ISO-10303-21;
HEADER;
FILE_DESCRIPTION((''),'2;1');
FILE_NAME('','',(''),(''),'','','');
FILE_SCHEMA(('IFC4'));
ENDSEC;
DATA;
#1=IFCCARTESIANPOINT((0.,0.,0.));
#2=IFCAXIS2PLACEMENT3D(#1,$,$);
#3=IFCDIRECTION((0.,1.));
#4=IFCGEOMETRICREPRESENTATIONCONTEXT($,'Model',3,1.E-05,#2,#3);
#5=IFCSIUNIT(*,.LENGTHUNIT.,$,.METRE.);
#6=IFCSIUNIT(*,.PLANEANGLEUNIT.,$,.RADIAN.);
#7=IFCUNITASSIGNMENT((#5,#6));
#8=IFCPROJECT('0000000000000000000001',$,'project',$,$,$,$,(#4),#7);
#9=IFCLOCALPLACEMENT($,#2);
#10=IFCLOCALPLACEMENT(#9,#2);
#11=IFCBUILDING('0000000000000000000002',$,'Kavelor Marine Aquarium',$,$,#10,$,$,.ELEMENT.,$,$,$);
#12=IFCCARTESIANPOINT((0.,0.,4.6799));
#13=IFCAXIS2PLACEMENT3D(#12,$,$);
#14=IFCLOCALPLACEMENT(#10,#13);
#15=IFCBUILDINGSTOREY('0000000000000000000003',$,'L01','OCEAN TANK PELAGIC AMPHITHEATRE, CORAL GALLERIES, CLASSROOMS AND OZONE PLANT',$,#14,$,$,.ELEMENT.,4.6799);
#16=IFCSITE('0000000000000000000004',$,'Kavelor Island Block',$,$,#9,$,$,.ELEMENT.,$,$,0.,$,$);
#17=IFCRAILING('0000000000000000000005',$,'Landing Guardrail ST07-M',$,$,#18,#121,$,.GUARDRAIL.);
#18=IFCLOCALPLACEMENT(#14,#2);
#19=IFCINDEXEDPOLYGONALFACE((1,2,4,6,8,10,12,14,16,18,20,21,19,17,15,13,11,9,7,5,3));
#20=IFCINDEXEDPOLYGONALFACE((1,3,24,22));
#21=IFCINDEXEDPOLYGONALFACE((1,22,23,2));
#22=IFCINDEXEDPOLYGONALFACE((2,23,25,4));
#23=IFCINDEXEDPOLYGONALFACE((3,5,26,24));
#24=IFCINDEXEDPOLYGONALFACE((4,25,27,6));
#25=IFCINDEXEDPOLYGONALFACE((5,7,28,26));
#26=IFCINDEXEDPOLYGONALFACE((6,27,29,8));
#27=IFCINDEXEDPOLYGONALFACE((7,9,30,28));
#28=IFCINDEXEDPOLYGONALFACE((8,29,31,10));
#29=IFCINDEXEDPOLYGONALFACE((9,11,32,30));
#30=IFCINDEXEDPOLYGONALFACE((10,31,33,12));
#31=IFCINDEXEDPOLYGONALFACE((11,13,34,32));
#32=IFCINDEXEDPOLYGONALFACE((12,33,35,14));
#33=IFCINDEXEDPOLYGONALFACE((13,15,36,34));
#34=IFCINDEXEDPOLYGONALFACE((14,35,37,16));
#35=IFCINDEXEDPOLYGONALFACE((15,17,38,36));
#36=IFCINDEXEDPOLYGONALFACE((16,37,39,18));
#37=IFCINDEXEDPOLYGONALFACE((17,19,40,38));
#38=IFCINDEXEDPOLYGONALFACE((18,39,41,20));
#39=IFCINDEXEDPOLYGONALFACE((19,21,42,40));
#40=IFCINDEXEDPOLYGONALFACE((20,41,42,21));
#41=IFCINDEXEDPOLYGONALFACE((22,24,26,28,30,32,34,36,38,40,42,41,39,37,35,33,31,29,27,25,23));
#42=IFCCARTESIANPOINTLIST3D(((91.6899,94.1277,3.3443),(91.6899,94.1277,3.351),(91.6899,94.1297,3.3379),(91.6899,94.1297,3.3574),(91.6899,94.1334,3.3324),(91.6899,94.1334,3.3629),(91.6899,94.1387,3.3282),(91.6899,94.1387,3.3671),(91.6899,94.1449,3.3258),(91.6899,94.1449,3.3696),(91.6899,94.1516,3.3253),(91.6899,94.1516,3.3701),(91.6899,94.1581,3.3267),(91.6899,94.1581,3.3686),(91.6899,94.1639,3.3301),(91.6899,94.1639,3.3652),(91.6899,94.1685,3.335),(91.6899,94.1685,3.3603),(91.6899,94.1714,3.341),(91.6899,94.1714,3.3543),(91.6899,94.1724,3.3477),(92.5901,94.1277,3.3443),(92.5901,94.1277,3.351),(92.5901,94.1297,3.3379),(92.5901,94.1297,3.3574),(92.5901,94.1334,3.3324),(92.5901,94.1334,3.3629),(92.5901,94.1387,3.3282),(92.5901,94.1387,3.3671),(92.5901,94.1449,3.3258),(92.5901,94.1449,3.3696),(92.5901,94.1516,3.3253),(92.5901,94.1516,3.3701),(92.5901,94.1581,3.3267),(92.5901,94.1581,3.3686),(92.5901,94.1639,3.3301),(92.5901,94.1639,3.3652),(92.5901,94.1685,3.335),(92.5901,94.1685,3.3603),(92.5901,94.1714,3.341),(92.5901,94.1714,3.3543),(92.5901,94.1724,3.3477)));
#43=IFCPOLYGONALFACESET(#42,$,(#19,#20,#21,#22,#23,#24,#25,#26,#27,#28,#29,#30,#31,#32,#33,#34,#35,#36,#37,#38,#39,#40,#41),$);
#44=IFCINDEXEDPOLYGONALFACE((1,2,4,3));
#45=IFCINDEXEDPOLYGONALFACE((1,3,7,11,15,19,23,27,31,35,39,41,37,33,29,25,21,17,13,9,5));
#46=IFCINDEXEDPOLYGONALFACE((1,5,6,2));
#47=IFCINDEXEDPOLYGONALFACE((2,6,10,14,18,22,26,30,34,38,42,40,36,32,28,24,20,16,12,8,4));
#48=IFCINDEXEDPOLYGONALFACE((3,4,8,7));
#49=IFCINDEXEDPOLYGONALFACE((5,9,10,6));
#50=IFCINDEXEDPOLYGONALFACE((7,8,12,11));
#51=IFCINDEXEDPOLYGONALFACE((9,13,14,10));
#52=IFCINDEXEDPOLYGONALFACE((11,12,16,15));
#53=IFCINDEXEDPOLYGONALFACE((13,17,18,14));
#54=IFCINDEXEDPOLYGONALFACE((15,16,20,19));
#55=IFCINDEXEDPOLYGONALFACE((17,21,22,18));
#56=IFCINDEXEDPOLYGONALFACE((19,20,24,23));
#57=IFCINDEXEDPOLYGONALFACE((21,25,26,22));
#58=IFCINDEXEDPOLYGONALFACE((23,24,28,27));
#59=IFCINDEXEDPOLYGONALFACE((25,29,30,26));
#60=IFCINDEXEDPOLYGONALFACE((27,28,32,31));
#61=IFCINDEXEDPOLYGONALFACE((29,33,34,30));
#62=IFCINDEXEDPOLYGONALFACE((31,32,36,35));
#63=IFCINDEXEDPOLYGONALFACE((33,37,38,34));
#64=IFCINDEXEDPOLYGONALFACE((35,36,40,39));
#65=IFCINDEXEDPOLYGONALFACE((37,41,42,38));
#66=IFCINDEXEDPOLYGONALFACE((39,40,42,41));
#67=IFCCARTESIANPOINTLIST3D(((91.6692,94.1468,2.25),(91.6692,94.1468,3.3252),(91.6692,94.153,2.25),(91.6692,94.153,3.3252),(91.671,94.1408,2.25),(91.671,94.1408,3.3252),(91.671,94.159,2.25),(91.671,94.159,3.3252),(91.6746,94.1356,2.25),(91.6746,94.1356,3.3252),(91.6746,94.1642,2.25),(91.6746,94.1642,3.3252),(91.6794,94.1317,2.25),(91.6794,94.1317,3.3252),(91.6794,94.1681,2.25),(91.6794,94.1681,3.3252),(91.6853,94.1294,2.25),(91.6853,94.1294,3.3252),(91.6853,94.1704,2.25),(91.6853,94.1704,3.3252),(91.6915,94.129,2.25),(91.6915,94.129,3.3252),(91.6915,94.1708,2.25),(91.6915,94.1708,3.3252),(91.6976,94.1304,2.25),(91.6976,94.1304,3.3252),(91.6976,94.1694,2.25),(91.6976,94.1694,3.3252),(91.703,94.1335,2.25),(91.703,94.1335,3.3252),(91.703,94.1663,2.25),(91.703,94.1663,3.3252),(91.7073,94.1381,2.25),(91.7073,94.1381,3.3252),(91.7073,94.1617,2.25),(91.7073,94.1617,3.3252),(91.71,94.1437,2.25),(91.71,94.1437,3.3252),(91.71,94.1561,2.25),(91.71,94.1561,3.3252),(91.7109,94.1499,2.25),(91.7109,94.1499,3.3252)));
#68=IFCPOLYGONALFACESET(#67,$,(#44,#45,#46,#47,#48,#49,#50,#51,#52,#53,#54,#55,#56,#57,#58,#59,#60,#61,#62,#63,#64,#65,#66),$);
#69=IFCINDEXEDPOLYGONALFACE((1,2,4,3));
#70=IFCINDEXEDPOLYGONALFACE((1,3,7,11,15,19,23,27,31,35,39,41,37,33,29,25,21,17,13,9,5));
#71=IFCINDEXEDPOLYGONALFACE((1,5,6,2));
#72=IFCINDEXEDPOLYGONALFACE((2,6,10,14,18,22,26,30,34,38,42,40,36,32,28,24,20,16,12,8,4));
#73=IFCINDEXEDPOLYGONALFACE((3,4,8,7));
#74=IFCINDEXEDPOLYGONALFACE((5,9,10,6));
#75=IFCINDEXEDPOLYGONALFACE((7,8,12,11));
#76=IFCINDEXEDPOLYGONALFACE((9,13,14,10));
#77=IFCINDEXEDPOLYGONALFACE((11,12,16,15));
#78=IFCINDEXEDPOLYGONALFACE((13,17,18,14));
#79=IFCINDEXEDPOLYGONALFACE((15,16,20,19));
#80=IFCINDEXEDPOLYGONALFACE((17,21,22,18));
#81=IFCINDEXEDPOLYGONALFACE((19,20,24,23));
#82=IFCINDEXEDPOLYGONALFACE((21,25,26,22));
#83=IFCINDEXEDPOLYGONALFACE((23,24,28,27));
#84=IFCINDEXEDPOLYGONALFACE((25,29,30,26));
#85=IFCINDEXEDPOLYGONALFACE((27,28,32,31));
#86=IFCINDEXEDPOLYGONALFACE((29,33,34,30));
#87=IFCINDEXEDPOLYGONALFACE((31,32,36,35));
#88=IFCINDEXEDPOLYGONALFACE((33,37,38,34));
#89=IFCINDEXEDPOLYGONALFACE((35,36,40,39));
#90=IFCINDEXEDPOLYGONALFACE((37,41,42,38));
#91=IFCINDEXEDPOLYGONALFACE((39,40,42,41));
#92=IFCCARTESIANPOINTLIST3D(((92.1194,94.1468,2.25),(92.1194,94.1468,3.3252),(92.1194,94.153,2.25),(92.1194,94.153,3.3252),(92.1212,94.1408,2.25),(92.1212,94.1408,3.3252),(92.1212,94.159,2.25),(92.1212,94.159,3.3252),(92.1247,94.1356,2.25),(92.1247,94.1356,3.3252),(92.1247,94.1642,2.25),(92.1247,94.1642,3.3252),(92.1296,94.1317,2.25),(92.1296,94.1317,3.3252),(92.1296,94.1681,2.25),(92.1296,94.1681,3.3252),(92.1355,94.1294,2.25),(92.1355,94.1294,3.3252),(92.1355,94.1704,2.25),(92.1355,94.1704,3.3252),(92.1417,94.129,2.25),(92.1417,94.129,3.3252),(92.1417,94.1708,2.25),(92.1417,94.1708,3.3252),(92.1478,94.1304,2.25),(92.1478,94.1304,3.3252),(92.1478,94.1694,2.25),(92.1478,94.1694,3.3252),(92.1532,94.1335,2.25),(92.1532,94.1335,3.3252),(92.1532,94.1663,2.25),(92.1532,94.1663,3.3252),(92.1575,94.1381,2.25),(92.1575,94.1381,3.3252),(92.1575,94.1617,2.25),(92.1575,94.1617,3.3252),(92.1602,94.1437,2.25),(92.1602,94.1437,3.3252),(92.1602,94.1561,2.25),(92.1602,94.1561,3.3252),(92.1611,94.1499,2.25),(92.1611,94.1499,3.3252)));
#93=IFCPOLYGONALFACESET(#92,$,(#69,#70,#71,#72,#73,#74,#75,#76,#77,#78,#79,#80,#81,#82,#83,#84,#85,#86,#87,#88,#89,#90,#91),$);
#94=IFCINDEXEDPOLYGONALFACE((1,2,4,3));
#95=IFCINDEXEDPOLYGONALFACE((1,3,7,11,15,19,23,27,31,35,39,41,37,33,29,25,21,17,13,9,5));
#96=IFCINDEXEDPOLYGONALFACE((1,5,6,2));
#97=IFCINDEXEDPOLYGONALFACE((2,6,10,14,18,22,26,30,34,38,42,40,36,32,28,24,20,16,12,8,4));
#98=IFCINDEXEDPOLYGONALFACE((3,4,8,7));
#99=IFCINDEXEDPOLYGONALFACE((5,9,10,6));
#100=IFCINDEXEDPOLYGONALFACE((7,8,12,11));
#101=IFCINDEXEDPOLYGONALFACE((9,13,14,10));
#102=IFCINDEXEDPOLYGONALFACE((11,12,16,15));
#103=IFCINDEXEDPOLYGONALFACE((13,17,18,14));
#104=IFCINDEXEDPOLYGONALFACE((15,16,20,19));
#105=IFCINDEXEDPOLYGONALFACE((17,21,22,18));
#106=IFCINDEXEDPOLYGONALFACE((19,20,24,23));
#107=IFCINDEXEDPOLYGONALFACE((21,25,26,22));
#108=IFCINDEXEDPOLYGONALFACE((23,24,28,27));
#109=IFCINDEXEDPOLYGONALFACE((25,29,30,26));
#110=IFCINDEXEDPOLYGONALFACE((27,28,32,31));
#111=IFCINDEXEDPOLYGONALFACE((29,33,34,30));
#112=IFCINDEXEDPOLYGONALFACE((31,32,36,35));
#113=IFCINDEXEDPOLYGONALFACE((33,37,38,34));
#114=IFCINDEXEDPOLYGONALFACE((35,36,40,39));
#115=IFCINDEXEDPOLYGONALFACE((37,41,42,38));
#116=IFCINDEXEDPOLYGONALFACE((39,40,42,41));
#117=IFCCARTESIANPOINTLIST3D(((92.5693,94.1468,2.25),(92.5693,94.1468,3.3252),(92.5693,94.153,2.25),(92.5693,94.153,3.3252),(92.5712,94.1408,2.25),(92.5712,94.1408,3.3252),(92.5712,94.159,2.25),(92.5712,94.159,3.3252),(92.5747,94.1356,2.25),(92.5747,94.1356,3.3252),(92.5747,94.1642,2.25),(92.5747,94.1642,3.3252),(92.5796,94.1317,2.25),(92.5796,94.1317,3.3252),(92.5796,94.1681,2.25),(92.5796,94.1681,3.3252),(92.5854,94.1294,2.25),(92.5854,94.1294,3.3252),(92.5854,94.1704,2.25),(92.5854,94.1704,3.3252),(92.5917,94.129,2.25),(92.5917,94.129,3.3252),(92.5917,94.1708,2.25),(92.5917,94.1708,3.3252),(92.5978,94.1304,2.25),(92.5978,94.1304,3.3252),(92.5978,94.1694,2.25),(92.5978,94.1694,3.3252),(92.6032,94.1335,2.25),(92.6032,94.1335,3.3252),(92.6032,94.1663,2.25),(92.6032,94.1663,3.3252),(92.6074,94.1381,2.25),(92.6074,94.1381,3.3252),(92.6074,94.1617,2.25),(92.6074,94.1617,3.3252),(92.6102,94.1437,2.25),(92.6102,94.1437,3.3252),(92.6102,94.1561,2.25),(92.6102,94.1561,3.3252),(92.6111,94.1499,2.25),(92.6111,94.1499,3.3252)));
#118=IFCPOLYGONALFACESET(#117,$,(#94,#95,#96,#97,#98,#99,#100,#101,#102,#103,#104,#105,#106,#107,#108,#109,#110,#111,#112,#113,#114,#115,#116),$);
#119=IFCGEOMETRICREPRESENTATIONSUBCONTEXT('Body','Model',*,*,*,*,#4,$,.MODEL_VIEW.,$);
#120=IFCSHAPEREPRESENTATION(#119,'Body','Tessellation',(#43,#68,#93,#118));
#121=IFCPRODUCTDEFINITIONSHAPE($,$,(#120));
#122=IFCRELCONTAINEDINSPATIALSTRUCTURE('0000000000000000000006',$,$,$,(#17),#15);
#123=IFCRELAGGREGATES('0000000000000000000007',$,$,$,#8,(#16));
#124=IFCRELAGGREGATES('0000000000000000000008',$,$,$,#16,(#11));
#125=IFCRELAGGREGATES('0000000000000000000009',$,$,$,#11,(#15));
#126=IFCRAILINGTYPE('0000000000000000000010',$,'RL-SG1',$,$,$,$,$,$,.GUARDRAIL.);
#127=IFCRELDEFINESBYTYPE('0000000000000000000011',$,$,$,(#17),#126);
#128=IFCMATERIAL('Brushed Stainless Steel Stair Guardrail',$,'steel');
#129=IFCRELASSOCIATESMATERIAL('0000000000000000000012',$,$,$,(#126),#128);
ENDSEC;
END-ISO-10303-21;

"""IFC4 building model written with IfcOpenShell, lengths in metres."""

from ifc_helpers import new_model, si_unit, direction, frame, origin, origin_2d, place, context, subcontext, project, spatial, circle, extrude, material, type_object, element, save


model = new_model("IFC4")

# Units and contexts
model_context = context("Model", 3, precision=1e-05, world=origin(), true_north=direction((0.0, 1.0)))
body_context = subcontext(model_context, "Body", "Model", "MODEL_VIEW")
ifc_project = project(units=[si_unit("LENGTHUNIT", "METRE"), si_unit("PLANEANGLEUNIT", "RADIAN")], contexts=[model_context])

# Site, building, storey
site_placement = place(None, origin())
site = spatial("IfcSite", under=ifc_project, at=site_placement, Name="Kavelor Island Block", CompositionType="ELEMENT", RefElevation=0.0)
building_placement = place(site_placement, origin())
building = spatial("IfcBuilding", under=site, at=building_placement, Name="Kavelor Marine Aquarium", CompositionType="ELEMENT")
storey_placement = place(building_placement, frame((0.0, 0.0, 4.6799)))
storey = spatial("IfcBuildingStorey", under=building, at=storey_placement, Name="L01", Description="OCEAN TANK PELAGIC AMPHITHEATRE, CORAL GALLERIES, CLASSROOMS AND OZONE PLANT", CompositionType="ELEMENT", Elevation=4.6799)

# Railing
ifc_material_1 = material(Name="Brushed Stainless Steel Stair Guardrail", Category="steel")
railing_type_1 = type_object("IfcRailingType", Name="RL-SG1", PredefinedType="GUARDRAIL", material=ifc_material_1)
railing_1_placement = place(storey_placement, frame((91.6899, 94.1499, 2.25)))
element("IfcRailing", 1, at=railing_1_placement, inside=storey, type_object=railing_type_1, Name="Landing Guardrail ST07-M", PredefinedType="GUARDRAIL", context=body_context, shape_type="SweptSolid", body=[
    extrude(circle(Radius=0.0225, at=origin_2d()), frame((0.0, 0.0, 1.0977), z_axis=(1.0, 0.0, 0.0), x_axis=(0.0, 1.0, 0.0)), (0.0, 0.0, 1.0), 0.9001),
    extrude(circle(Radius=0.021, at=origin_2d()), origin(), (0.0, 0.0, 1.0), 1.0752),
    extrude(circle(Radius=0.021, at=origin_2d()), frame((0.4502, 0.0, 0.0)), (0.0, 0.0, 1.0), 1.0752),
    extrude(circle(Radius=0.021, at=origin_2d()), frame((0.9001, 0.0, 0.0)), (0.0, 0.0, 1.0), 1.0752),
])

save(model, "model.ifc")
